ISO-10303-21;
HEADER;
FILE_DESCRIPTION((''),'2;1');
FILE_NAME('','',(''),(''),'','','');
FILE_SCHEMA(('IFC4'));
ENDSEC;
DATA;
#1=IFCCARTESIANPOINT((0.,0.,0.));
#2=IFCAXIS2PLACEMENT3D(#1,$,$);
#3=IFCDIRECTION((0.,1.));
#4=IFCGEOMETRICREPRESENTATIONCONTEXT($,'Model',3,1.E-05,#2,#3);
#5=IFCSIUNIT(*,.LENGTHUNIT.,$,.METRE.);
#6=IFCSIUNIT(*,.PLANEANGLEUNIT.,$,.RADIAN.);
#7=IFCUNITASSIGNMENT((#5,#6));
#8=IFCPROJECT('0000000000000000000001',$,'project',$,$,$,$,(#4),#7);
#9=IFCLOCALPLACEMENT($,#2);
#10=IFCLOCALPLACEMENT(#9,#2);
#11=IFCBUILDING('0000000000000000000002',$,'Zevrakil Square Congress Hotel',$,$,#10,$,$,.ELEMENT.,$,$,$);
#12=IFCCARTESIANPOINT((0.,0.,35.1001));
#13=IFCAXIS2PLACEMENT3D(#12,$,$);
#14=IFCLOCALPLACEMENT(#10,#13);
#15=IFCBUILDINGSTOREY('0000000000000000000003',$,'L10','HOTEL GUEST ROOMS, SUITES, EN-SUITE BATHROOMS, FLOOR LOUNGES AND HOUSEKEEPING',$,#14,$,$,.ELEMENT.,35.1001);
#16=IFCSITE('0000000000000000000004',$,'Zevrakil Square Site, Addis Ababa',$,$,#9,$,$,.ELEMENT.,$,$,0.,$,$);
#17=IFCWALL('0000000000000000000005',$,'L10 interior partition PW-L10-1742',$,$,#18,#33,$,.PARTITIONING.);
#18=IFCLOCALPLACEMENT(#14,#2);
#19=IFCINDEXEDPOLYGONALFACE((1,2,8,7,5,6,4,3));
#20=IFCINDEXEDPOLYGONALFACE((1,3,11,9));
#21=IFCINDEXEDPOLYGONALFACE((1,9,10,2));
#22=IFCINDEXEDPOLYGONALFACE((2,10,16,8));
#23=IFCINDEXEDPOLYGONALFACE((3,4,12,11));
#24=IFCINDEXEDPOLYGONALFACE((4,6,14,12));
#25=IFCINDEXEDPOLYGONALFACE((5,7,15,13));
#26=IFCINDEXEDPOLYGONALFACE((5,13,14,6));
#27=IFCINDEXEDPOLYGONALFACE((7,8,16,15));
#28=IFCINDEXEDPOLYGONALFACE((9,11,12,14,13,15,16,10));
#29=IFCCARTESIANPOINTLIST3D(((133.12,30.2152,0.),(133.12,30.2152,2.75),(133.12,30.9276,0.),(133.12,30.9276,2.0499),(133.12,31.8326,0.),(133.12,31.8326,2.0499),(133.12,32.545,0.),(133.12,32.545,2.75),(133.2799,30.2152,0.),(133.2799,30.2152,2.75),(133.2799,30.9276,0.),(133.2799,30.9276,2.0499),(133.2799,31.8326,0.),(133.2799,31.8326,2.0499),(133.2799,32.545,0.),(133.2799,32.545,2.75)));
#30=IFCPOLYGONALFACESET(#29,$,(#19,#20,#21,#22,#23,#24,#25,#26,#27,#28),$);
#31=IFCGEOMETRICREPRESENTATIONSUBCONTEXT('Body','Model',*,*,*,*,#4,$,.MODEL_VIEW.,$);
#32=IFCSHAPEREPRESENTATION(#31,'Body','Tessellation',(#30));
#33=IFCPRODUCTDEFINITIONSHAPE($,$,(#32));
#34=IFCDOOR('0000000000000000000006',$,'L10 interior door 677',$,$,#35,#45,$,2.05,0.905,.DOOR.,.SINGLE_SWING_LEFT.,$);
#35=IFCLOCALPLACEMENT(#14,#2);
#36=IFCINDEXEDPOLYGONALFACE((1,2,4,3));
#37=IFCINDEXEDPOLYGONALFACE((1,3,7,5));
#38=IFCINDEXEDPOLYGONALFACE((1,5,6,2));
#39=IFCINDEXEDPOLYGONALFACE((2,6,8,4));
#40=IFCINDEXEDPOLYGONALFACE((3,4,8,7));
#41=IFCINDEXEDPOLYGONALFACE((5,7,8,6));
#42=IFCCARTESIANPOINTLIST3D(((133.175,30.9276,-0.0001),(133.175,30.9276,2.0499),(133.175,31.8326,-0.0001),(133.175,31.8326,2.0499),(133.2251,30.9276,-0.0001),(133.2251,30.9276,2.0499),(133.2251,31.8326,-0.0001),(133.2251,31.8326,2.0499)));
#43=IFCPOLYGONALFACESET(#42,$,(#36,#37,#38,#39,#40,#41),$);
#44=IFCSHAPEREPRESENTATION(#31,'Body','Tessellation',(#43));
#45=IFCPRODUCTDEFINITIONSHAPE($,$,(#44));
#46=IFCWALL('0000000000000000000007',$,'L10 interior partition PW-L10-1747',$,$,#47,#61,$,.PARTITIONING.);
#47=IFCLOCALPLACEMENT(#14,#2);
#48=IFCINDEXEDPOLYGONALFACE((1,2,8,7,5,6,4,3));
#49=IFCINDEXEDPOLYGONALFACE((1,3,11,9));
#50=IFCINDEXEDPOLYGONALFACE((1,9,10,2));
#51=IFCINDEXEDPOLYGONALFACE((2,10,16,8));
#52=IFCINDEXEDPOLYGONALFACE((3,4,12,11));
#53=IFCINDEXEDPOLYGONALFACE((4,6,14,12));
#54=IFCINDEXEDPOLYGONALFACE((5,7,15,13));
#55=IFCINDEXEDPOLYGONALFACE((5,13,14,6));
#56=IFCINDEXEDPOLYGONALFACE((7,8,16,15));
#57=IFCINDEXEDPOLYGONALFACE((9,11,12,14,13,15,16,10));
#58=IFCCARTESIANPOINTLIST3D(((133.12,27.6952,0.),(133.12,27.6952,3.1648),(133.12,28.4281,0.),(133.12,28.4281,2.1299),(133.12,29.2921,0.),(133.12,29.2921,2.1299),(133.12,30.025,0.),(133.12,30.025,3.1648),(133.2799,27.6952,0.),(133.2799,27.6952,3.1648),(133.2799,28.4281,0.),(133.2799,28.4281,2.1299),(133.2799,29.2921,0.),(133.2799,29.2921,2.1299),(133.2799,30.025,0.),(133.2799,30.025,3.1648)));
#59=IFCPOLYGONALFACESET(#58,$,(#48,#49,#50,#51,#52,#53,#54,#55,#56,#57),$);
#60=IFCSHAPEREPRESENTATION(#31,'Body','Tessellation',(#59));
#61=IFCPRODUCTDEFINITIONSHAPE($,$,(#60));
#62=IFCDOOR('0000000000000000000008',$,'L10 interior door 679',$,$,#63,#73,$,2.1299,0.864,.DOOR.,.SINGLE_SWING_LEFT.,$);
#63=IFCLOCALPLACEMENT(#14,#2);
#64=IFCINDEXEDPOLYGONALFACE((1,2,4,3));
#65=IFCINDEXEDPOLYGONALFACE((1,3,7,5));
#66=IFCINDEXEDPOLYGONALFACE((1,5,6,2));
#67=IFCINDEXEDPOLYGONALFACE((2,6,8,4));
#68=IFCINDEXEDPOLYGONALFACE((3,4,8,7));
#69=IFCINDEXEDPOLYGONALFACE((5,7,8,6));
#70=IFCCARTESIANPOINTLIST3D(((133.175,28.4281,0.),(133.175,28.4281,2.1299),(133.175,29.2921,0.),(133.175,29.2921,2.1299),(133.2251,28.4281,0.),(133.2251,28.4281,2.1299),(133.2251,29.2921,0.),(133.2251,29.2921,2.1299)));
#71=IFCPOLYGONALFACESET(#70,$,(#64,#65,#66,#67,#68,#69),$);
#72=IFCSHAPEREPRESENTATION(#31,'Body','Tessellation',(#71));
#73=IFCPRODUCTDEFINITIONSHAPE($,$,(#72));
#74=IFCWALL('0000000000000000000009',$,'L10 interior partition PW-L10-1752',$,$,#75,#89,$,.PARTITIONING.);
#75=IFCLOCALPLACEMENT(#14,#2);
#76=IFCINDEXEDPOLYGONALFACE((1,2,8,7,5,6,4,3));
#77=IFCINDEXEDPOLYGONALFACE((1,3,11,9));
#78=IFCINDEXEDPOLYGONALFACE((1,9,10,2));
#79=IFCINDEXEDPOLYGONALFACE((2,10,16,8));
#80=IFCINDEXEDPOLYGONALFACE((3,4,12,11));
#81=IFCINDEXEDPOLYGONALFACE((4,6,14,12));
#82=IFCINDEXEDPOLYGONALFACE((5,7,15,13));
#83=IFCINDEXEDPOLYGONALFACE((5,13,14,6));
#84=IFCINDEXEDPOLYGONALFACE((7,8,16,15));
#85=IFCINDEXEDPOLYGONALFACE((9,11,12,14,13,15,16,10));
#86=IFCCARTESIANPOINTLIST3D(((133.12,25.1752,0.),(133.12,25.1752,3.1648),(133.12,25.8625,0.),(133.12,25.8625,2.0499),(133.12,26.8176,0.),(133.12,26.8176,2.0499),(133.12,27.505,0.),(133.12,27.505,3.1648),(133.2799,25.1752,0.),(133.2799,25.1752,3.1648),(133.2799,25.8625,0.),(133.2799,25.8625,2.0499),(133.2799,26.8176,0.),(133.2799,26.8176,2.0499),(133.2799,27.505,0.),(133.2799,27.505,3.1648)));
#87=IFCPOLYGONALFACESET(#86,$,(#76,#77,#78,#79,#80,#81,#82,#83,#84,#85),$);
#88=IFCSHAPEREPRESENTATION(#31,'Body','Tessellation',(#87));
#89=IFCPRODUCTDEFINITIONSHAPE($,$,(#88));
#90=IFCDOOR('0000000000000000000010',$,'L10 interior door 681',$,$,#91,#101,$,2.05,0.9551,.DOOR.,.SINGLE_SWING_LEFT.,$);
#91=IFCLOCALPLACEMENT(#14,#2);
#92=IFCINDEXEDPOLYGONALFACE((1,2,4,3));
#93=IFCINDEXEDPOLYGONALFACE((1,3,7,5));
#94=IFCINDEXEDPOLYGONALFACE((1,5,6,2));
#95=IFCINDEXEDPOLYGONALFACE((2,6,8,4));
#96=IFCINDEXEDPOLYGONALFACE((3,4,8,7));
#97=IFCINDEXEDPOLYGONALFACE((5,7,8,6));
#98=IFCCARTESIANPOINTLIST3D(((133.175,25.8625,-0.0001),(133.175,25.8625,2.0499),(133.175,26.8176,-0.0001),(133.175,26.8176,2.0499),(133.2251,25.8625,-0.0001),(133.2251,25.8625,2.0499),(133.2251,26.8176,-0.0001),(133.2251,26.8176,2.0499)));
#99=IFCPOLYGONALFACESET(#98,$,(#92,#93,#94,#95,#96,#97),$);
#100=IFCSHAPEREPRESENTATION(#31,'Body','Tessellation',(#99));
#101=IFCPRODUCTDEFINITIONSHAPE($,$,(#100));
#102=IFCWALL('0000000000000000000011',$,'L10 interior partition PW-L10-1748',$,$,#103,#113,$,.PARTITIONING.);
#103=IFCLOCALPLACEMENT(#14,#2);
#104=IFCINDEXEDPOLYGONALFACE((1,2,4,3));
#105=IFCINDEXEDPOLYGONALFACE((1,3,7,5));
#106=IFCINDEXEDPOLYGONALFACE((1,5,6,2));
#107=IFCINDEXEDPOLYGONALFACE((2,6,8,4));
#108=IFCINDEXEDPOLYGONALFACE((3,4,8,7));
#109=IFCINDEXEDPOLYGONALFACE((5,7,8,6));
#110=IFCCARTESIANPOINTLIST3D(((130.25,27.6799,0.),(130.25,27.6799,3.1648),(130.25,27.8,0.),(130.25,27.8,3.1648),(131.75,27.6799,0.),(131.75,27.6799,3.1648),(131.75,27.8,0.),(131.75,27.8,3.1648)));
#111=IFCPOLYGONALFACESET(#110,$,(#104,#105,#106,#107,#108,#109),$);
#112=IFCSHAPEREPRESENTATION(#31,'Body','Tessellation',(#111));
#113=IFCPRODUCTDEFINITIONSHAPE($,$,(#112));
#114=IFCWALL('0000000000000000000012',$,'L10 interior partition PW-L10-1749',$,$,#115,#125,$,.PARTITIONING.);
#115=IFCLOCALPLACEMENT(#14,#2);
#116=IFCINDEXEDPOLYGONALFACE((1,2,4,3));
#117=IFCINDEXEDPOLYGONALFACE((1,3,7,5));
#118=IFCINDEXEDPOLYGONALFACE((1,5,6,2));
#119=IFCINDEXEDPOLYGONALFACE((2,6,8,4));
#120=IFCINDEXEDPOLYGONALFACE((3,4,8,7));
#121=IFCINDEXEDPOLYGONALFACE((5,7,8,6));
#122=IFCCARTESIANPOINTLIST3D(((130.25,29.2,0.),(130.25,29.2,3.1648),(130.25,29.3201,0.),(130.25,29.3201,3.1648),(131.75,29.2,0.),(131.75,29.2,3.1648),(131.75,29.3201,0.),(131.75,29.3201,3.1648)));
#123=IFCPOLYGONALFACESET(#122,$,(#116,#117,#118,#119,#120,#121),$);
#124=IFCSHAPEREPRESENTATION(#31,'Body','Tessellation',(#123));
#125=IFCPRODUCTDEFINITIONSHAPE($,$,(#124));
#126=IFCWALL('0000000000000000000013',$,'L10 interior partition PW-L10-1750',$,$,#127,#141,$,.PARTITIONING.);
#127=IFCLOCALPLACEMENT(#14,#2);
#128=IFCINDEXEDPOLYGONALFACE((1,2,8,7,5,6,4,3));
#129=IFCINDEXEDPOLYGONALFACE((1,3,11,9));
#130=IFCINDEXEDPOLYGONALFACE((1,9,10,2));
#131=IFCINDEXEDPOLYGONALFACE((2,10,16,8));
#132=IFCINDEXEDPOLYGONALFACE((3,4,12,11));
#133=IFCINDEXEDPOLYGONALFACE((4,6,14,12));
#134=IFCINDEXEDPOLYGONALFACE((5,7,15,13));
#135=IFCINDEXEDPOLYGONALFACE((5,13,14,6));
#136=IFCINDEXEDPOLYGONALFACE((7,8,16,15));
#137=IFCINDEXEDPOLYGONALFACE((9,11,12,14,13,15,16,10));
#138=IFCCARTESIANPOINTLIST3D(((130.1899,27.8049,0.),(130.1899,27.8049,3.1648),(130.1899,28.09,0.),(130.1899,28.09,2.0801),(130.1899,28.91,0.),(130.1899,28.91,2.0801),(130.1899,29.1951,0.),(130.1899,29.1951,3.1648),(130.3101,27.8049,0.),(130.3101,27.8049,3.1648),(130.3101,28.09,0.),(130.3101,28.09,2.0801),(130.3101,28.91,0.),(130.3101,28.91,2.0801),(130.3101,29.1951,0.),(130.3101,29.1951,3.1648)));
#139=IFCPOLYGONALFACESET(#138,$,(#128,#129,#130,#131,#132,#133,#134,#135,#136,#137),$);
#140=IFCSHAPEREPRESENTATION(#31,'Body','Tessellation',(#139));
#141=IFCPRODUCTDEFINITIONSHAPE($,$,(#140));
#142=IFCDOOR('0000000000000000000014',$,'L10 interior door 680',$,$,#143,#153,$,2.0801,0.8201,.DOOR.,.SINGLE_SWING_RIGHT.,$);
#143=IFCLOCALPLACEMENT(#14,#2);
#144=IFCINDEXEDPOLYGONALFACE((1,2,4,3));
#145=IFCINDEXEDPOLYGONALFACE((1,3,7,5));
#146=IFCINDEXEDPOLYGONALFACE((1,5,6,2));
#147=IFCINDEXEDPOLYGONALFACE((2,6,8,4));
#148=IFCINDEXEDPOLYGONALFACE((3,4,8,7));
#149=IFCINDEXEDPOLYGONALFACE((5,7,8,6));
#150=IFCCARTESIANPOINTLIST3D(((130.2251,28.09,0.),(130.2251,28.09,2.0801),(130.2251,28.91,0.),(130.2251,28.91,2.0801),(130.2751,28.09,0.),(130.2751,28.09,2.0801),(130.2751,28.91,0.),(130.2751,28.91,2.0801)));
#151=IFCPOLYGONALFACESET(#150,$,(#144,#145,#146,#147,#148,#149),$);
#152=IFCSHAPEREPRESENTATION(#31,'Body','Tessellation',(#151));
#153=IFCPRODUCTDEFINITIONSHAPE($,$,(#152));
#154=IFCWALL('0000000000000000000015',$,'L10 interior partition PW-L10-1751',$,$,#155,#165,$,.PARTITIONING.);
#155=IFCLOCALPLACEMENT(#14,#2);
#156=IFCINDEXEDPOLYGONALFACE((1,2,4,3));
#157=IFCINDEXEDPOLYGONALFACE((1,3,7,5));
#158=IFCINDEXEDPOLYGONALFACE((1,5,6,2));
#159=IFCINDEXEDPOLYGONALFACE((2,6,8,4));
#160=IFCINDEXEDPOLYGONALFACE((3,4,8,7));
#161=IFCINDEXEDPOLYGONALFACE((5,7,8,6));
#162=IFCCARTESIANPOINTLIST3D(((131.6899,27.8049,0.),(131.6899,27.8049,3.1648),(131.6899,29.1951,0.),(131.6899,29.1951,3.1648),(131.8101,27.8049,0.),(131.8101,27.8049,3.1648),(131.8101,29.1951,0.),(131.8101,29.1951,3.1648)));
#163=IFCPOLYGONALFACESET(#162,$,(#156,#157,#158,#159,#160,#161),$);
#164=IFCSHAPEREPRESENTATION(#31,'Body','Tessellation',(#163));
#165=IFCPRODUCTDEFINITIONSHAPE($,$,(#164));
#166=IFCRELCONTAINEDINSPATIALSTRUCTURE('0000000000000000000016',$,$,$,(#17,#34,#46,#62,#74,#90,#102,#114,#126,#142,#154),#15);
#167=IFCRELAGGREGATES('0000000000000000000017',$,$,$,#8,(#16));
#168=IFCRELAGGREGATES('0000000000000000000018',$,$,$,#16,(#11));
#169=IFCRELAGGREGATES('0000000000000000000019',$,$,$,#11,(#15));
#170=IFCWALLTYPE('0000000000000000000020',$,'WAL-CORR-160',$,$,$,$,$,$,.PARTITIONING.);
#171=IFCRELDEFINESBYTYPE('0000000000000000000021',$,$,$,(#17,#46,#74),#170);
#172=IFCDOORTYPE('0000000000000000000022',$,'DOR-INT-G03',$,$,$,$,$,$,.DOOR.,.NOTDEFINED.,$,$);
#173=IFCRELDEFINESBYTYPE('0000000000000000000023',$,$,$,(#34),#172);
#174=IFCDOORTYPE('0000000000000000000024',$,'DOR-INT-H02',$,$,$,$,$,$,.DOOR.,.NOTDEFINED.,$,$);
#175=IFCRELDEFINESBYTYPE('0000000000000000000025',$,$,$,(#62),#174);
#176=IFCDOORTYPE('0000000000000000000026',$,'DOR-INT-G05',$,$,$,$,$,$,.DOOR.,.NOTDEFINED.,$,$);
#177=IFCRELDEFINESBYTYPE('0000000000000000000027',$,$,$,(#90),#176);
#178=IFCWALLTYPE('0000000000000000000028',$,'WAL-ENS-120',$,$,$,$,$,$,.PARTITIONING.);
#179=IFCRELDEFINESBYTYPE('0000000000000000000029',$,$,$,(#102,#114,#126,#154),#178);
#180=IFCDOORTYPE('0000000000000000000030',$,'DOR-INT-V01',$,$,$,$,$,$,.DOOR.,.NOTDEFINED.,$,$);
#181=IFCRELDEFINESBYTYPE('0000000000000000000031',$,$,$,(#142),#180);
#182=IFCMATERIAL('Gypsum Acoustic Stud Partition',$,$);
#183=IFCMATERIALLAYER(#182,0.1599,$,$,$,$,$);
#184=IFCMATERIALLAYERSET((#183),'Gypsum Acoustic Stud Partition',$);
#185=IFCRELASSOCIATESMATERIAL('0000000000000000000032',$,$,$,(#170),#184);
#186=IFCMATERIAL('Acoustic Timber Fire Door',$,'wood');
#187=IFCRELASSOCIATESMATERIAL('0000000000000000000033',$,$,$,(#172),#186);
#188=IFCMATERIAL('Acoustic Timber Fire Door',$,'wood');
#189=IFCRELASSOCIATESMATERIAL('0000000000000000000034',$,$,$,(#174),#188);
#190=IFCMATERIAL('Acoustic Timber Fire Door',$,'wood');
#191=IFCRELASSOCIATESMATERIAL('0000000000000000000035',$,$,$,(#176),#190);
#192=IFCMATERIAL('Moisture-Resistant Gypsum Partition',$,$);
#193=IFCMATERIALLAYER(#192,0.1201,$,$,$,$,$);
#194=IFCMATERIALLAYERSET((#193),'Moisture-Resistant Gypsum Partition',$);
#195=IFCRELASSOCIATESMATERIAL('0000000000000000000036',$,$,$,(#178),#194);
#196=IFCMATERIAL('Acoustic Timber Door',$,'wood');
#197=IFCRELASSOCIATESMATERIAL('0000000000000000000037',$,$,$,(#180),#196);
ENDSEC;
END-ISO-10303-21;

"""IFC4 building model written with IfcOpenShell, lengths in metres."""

from ifc_helpers import new_model, si_unit, direction, frame, frame_2d, origin, place, context, subcontext, project, spatial, rectangle, extrude, material, layer, layer_set, type_object, element, fill, save


model = new_model("IFC4")

# Units and contexts
model_context = context("Model", 3, precision=1e-05, world=origin(), true_north=direction((0.0, 1.0)))
body_context = subcontext(model_context, "Body", "Model", "MODEL_VIEW")
ifc_project = project(units=[si_unit("LENGTHUNIT", "METRE"), si_unit("PLANEANGLEUNIT", "RADIAN")], contexts=[model_context])

# Site, building, storey
site_placement = place(None, origin())
site = spatial("IfcSite", under=ifc_project, at=site_placement, Name="Zevrakil Square Site, Addis Ababa", CompositionType="ELEMENT", RefElevation=0.0)
building_placement = place(site_placement, origin())
building = spatial("IfcBuilding", under=site, at=building_placement, Name="Zevrakil Square Congress Hotel", CompositionType="ELEMENT")
storey_placement = place(building_placement, frame((0.0, 0.0, 35.1001)))
storey = spatial("IfcBuildingStorey", under=building, at=storey_placement, Name="L10", Description="HOTEL GUEST ROOMS, SUITES, EN-SUITE BATHROOMS, FLOOR LOUNGES AND HOUSEKEEPING", CompositionType="ELEMENT", Elevation=35.1001)

# Walls, openings, doors
ifc_material_1 = material(Name="Gypsum Acoustic Stud Partition")
ifc_layer_1 = layer(ifc_material_1, 0.1599)
ifc_layer_set_1 = layer_set([ifc_layer_1], Name="Gypsum Acoustic Stud Partition")
wall_type_1 = type_object("IfcWallType", Name="WAL-CORR-160", PredefinedType="PARTITIONING", material=ifc_layer_set_1)
wall_1_placement = place(storey_placement, frame((133.2, 30.2151, 0.0), z_axis=(0.0, 0.0, 1.0), x_axis=(0.0, 1.0, 0.0)))
wall_1 = element("IfcWall", 1, at=wall_1_placement, inside=storey, type_object=wall_type_1, Name="L10 interior partition PW-L10-1742", PredefinedType="PARTITIONING", context=body_context, shape_type="SweptSolid", body=[
    extrude(rectangle(XDim=2.3298, YDim=0.1599, at=frame_2d((1.165, 0.0))), origin(), (0.0, 0.0, 1.0), 2.75),
])
opening_1_placement = place(wall_1_placement, frame((0.7124, 0.0, 0.0)))
opening_1 = element("IfcOpeningElement", 2, at=opening_1_placement, cuts=wall_1, PredefinedType="OPENING", context=body_context, shape_type="SweptSolid", body=[
    extrude(rectangle(XDim=0.905, YDim=2.05, at=frame_2d((0.4526, 1.0249))), frame((0.0, 0.0898, 0.0), z_axis=(0.0, -1.0, 0.0), x_axis=(1.0, 0.0, 0.0)), (0.0, 0.0, 1.0), 0.1799),
])
ifc_material_2 = material(Name="Acoustic Timber Fire Door", Category="wood")
door_type_1 = type_object("IfcDoorType", Name="DOR-INT-G03", OperationType="NOTDEFINED", PredefinedType="DOOR", material=ifc_material_2)
door_1_placement = place(opening_1_placement, origin())
door_1 = element("IfcDoor", 3, at=door_1_placement, inside=storey, type_object=door_type_1, Name="L10 interior door 677", OperationType="SINGLE_SWING_LEFT", OverallHeight=2.05, OverallWidth=0.905, PredefinedType="DOOR", context=body_context, shape_type="SweptSolid", body=[
    extrude(rectangle(XDim=0.905, YDim=2.05, at=frame_2d((0.4526, 1.0249))), frame((0.0, 0.0249, 0.0), z_axis=(0.0, -1.0, 0.0), x_axis=(1.0, 0.0, 0.0)), (0.0, 0.0, 1.0), 0.05),
])
fill(opening_1, door_1)
wall_2_placement = place(storey_placement, frame((133.2, 27.6951, 0.0), z_axis=(0.0, 0.0, 1.0), x_axis=(0.0, 1.0, 0.0)))
wall_2 = element("IfcWall", 4, at=wall_2_placement, inside=storey, type_object=wall_type_1, Name="L10 interior partition PW-L10-1747", PredefinedType="PARTITIONING", context=body_context, shape_type="SweptSolid", body=[
    extrude(rectangle(XDim=2.3298, YDim=0.1599, at=frame_2d((1.165, 0.0))), origin(), (0.0, 0.0, 1.0), 3.1648),
])
opening_2_placement = place(wall_2_placement, frame((0.7329, 0.0, 0.0)))
opening_2 = element("IfcOpeningElement", 5, at=opening_2_placement, cuts=wall_2, PredefinedType="OPENING", context=body_context, shape_type="SweptSolid", body=[
    extrude(rectangle(XDim=0.864, YDim=2.1299, at=frame_2d((0.4321, 1.0649))), frame((0.0, 0.0898, 0.0), z_axis=(0.0, -1.0, 0.0), x_axis=(1.0, 0.0, 0.0)), (0.0, 0.0, 1.0), 0.1799),
])
ifc_material_3 = material(Name="Acoustic Timber Fire Door", Category="wood")
door_type_2 = type_object("IfcDoorType", Name="DOR-INT-H02", OperationType="NOTDEFINED", PredefinedType="DOOR", material=ifc_material_3)
door_2_placement = place(opening_2_placement, origin())
door_2 = element("IfcDoor", 6, at=door_2_placement, inside=storey, type_object=door_type_2, Name="L10 interior door 679", OperationType="SINGLE_SWING_LEFT", OverallHeight=2.1299, OverallWidth=0.864, PredefinedType="DOOR", context=body_context, shape_type="SweptSolid", body=[
    extrude(rectangle(XDim=0.864, YDim=2.1299, at=frame_2d((0.4321, 1.0649))), frame((0.0, 0.0249, 0.0), z_axis=(0.0, -1.0, 0.0), x_axis=(1.0, 0.0, 0.0)), (0.0, 0.0, 1.0), 0.05),
])
fill(opening_2, door_2)
wall_3_placement = place(storey_placement, frame((133.2, 25.175, 0.0), z_axis=(0.0, 0.0, 1.0), x_axis=(0.0, 1.0, 0.0)))
wall_3 = element("IfcWall", 7, at=wall_3_placement, inside=storey, type_object=wall_type_1, Name="L10 interior partition PW-L10-1752", PredefinedType="PARTITIONING", context=body_context, shape_type="SweptSolid", body=[
    extrude(rectangle(XDim=2.3298, YDim=0.1599, at=frame_2d((1.165, 0.0))), origin(), (0.0, 0.0, 1.0), 3.1648),
])
opening_3_placement = place(wall_3_placement, frame((0.6875, 0.0, 0.0)))
opening_3 = element("IfcOpeningElement", 8, at=opening_3_placement, cuts=wall_3, PredefinedType="OPENING", context=body_context, shape_type="SweptSolid", body=[
    extrude(rectangle(XDim=0.9551, YDim=2.05, at=frame_2d((0.4775, 1.0249))), frame((0.0, 0.0898, 0.0), z_axis=(0.0, -1.0, 0.0), x_axis=(1.0, 0.0, 0.0)), (0.0, 0.0, 1.0), 0.1799),
])
ifc_material_4 = material(Name="Acoustic Timber Fire Door", Category="wood")
door_type_3 = type_object("IfcDoorType", Name="DOR-INT-G05", OperationType="NOTDEFINED", PredefinedType="DOOR", material=ifc_material_4)
door_3_placement = place(opening_3_placement, origin())
door_3 = element("IfcDoor", 9, at=door_3_placement, inside=storey, type_object=door_type_3, Name="L10 interior door 681", OperationType="SINGLE_SWING_LEFT", OverallHeight=2.05, OverallWidth=0.9551, PredefinedType="DOOR", context=body_context, shape_type="SweptSolid", body=[
    extrude(rectangle(XDim=0.9551, YDim=2.05, at=frame_2d((0.4775, 1.0249))), frame((0.0, 0.0249, 0.0), z_axis=(0.0, -1.0, 0.0), x_axis=(1.0, 0.0, 0.0)), (0.0, 0.0, 1.0), 0.05),
])
fill(opening_3, door_3)

# Walls
ifc_material_5 = material(Name="Moisture-Resistant Gypsum Partition")
ifc_layer_2 = layer(ifc_material_5, 0.1201)
ifc_layer_set_2 = layer_set([ifc_layer_2], Name="Moisture-Resistant Gypsum Partition")
wall_type_2 = type_object("IfcWallType", Name="WAL-ENS-120", PredefinedType="PARTITIONING", material=ifc_layer_set_2)
for number, where, z_axis, x_axis, name in (
    (10, (130.25, 27.74, 0.0), (0.0, 0.0, 1.0), (1.0, 0.0, 0.0), "L10 interior partition PW-L10-1748"),
    (11, (130.25, 29.26, 0.0), (0.0, 0.0, 1.0), (1.0, 0.0, 0.0), "L10 interior partition PW-L10-1749"),
):
    element("IfcWall", number, at=place(storey_placement, frame(where, z_axis=z_axis, x_axis=x_axis)), inside=storey, type_object=wall_type_2, Name=name, PredefinedType="PARTITIONING", context=body_context, shape_type="SweptSolid", body=[
        extrude(rectangle(XDim=1.5, YDim=0.1201, at=frame_2d((0.75, 0.0))), origin(), (0.0, 0.0, 1.0), 3.1648),
    ])

# Wall, opening, door
wall_4_placement = place(storey_placement, frame((130.25, 27.8049, 0.0), z_axis=(0.0, 0.0, 1.0), x_axis=(0.0, 1.0, 0.0)))
wall_4 = element("IfcWall", 12, at=wall_4_placement, inside=storey, type_object=wall_type_2, Name="L10 interior partition PW-L10-1750", PredefinedType="PARTITIONING", context=body_context, shape_type="SweptSolid", body=[
    extrude(rectangle(XDim=1.3901, YDim=0.1201, at=frame_2d((0.6951, 0.0))), origin(), (0.0, 0.0, 1.0), 3.1648),
])
opening_4_placement = place(wall_4_placement, frame((0.2849, 0.0, 0.0)))
opening_4 = element("IfcOpeningElement", 13, at=opening_4_placement, cuts=wall_4, PredefinedType="OPENING", context=body_context, shape_type="SweptSolid", body=[
    extrude(rectangle(XDim=0.8201, YDim=2.0801, at=frame_2d((0.4102, 1.04))), frame((0.0, 0.0701, 0.0), z_axis=(0.0, -1.0, 0.0), x_axis=(1.0, 0.0, 0.0)), (0.0, 0.0, 1.0), 0.1401),
])
ifc_material_6 = material(Name="Acoustic Timber Door", Category="wood")
door_type_4 = type_object("IfcDoorType", Name="DOR-INT-V01", OperationType="NOTDEFINED", PredefinedType="DOOR", material=ifc_material_6)
door_4_placement = place(opening_4_placement, origin())
door_4 = element("IfcDoor", 14, at=door_4_placement, inside=storey, type_object=door_type_4, Name="L10 interior door 680", OperationType="SINGLE_SWING_RIGHT", OverallHeight=2.0801, OverallWidth=0.8201, PredefinedType="DOOR", context=body_context, shape_type="SweptSolid", body=[
    extrude(rectangle(XDim=0.8201, YDim=2.0801, at=frame_2d((0.4102, 1.04))), frame((0.0, 0.0249, 0.0), z_axis=(0.0, -1.0, 0.0), x_axis=(1.0, 0.0, 0.0)), (0.0, 0.0, 1.0), 0.05),
])
fill(opening_4, door_4)

# Wall
wall_5_placement = place(storey_placement, frame((131.75, 27.8049, 0.0), z_axis=(0.0, 0.0, 1.0), x_axis=(0.0, 1.0, 0.0)))
element("IfcWall", 15, at=wall_5_placement, inside=storey, type_object=wall_type_2, Name="L10 interior partition PW-L10-1751", PredefinedType="PARTITIONING", context=body_context, shape_type="SweptSolid", body=[
    extrude(rectangle(XDim=1.3901, YDim=0.1201, at=frame_2d((0.6951, 0.0))), origin(), (0.0, 0.0, 1.0), 3.1648),
])

save(model, "model.ifc")
